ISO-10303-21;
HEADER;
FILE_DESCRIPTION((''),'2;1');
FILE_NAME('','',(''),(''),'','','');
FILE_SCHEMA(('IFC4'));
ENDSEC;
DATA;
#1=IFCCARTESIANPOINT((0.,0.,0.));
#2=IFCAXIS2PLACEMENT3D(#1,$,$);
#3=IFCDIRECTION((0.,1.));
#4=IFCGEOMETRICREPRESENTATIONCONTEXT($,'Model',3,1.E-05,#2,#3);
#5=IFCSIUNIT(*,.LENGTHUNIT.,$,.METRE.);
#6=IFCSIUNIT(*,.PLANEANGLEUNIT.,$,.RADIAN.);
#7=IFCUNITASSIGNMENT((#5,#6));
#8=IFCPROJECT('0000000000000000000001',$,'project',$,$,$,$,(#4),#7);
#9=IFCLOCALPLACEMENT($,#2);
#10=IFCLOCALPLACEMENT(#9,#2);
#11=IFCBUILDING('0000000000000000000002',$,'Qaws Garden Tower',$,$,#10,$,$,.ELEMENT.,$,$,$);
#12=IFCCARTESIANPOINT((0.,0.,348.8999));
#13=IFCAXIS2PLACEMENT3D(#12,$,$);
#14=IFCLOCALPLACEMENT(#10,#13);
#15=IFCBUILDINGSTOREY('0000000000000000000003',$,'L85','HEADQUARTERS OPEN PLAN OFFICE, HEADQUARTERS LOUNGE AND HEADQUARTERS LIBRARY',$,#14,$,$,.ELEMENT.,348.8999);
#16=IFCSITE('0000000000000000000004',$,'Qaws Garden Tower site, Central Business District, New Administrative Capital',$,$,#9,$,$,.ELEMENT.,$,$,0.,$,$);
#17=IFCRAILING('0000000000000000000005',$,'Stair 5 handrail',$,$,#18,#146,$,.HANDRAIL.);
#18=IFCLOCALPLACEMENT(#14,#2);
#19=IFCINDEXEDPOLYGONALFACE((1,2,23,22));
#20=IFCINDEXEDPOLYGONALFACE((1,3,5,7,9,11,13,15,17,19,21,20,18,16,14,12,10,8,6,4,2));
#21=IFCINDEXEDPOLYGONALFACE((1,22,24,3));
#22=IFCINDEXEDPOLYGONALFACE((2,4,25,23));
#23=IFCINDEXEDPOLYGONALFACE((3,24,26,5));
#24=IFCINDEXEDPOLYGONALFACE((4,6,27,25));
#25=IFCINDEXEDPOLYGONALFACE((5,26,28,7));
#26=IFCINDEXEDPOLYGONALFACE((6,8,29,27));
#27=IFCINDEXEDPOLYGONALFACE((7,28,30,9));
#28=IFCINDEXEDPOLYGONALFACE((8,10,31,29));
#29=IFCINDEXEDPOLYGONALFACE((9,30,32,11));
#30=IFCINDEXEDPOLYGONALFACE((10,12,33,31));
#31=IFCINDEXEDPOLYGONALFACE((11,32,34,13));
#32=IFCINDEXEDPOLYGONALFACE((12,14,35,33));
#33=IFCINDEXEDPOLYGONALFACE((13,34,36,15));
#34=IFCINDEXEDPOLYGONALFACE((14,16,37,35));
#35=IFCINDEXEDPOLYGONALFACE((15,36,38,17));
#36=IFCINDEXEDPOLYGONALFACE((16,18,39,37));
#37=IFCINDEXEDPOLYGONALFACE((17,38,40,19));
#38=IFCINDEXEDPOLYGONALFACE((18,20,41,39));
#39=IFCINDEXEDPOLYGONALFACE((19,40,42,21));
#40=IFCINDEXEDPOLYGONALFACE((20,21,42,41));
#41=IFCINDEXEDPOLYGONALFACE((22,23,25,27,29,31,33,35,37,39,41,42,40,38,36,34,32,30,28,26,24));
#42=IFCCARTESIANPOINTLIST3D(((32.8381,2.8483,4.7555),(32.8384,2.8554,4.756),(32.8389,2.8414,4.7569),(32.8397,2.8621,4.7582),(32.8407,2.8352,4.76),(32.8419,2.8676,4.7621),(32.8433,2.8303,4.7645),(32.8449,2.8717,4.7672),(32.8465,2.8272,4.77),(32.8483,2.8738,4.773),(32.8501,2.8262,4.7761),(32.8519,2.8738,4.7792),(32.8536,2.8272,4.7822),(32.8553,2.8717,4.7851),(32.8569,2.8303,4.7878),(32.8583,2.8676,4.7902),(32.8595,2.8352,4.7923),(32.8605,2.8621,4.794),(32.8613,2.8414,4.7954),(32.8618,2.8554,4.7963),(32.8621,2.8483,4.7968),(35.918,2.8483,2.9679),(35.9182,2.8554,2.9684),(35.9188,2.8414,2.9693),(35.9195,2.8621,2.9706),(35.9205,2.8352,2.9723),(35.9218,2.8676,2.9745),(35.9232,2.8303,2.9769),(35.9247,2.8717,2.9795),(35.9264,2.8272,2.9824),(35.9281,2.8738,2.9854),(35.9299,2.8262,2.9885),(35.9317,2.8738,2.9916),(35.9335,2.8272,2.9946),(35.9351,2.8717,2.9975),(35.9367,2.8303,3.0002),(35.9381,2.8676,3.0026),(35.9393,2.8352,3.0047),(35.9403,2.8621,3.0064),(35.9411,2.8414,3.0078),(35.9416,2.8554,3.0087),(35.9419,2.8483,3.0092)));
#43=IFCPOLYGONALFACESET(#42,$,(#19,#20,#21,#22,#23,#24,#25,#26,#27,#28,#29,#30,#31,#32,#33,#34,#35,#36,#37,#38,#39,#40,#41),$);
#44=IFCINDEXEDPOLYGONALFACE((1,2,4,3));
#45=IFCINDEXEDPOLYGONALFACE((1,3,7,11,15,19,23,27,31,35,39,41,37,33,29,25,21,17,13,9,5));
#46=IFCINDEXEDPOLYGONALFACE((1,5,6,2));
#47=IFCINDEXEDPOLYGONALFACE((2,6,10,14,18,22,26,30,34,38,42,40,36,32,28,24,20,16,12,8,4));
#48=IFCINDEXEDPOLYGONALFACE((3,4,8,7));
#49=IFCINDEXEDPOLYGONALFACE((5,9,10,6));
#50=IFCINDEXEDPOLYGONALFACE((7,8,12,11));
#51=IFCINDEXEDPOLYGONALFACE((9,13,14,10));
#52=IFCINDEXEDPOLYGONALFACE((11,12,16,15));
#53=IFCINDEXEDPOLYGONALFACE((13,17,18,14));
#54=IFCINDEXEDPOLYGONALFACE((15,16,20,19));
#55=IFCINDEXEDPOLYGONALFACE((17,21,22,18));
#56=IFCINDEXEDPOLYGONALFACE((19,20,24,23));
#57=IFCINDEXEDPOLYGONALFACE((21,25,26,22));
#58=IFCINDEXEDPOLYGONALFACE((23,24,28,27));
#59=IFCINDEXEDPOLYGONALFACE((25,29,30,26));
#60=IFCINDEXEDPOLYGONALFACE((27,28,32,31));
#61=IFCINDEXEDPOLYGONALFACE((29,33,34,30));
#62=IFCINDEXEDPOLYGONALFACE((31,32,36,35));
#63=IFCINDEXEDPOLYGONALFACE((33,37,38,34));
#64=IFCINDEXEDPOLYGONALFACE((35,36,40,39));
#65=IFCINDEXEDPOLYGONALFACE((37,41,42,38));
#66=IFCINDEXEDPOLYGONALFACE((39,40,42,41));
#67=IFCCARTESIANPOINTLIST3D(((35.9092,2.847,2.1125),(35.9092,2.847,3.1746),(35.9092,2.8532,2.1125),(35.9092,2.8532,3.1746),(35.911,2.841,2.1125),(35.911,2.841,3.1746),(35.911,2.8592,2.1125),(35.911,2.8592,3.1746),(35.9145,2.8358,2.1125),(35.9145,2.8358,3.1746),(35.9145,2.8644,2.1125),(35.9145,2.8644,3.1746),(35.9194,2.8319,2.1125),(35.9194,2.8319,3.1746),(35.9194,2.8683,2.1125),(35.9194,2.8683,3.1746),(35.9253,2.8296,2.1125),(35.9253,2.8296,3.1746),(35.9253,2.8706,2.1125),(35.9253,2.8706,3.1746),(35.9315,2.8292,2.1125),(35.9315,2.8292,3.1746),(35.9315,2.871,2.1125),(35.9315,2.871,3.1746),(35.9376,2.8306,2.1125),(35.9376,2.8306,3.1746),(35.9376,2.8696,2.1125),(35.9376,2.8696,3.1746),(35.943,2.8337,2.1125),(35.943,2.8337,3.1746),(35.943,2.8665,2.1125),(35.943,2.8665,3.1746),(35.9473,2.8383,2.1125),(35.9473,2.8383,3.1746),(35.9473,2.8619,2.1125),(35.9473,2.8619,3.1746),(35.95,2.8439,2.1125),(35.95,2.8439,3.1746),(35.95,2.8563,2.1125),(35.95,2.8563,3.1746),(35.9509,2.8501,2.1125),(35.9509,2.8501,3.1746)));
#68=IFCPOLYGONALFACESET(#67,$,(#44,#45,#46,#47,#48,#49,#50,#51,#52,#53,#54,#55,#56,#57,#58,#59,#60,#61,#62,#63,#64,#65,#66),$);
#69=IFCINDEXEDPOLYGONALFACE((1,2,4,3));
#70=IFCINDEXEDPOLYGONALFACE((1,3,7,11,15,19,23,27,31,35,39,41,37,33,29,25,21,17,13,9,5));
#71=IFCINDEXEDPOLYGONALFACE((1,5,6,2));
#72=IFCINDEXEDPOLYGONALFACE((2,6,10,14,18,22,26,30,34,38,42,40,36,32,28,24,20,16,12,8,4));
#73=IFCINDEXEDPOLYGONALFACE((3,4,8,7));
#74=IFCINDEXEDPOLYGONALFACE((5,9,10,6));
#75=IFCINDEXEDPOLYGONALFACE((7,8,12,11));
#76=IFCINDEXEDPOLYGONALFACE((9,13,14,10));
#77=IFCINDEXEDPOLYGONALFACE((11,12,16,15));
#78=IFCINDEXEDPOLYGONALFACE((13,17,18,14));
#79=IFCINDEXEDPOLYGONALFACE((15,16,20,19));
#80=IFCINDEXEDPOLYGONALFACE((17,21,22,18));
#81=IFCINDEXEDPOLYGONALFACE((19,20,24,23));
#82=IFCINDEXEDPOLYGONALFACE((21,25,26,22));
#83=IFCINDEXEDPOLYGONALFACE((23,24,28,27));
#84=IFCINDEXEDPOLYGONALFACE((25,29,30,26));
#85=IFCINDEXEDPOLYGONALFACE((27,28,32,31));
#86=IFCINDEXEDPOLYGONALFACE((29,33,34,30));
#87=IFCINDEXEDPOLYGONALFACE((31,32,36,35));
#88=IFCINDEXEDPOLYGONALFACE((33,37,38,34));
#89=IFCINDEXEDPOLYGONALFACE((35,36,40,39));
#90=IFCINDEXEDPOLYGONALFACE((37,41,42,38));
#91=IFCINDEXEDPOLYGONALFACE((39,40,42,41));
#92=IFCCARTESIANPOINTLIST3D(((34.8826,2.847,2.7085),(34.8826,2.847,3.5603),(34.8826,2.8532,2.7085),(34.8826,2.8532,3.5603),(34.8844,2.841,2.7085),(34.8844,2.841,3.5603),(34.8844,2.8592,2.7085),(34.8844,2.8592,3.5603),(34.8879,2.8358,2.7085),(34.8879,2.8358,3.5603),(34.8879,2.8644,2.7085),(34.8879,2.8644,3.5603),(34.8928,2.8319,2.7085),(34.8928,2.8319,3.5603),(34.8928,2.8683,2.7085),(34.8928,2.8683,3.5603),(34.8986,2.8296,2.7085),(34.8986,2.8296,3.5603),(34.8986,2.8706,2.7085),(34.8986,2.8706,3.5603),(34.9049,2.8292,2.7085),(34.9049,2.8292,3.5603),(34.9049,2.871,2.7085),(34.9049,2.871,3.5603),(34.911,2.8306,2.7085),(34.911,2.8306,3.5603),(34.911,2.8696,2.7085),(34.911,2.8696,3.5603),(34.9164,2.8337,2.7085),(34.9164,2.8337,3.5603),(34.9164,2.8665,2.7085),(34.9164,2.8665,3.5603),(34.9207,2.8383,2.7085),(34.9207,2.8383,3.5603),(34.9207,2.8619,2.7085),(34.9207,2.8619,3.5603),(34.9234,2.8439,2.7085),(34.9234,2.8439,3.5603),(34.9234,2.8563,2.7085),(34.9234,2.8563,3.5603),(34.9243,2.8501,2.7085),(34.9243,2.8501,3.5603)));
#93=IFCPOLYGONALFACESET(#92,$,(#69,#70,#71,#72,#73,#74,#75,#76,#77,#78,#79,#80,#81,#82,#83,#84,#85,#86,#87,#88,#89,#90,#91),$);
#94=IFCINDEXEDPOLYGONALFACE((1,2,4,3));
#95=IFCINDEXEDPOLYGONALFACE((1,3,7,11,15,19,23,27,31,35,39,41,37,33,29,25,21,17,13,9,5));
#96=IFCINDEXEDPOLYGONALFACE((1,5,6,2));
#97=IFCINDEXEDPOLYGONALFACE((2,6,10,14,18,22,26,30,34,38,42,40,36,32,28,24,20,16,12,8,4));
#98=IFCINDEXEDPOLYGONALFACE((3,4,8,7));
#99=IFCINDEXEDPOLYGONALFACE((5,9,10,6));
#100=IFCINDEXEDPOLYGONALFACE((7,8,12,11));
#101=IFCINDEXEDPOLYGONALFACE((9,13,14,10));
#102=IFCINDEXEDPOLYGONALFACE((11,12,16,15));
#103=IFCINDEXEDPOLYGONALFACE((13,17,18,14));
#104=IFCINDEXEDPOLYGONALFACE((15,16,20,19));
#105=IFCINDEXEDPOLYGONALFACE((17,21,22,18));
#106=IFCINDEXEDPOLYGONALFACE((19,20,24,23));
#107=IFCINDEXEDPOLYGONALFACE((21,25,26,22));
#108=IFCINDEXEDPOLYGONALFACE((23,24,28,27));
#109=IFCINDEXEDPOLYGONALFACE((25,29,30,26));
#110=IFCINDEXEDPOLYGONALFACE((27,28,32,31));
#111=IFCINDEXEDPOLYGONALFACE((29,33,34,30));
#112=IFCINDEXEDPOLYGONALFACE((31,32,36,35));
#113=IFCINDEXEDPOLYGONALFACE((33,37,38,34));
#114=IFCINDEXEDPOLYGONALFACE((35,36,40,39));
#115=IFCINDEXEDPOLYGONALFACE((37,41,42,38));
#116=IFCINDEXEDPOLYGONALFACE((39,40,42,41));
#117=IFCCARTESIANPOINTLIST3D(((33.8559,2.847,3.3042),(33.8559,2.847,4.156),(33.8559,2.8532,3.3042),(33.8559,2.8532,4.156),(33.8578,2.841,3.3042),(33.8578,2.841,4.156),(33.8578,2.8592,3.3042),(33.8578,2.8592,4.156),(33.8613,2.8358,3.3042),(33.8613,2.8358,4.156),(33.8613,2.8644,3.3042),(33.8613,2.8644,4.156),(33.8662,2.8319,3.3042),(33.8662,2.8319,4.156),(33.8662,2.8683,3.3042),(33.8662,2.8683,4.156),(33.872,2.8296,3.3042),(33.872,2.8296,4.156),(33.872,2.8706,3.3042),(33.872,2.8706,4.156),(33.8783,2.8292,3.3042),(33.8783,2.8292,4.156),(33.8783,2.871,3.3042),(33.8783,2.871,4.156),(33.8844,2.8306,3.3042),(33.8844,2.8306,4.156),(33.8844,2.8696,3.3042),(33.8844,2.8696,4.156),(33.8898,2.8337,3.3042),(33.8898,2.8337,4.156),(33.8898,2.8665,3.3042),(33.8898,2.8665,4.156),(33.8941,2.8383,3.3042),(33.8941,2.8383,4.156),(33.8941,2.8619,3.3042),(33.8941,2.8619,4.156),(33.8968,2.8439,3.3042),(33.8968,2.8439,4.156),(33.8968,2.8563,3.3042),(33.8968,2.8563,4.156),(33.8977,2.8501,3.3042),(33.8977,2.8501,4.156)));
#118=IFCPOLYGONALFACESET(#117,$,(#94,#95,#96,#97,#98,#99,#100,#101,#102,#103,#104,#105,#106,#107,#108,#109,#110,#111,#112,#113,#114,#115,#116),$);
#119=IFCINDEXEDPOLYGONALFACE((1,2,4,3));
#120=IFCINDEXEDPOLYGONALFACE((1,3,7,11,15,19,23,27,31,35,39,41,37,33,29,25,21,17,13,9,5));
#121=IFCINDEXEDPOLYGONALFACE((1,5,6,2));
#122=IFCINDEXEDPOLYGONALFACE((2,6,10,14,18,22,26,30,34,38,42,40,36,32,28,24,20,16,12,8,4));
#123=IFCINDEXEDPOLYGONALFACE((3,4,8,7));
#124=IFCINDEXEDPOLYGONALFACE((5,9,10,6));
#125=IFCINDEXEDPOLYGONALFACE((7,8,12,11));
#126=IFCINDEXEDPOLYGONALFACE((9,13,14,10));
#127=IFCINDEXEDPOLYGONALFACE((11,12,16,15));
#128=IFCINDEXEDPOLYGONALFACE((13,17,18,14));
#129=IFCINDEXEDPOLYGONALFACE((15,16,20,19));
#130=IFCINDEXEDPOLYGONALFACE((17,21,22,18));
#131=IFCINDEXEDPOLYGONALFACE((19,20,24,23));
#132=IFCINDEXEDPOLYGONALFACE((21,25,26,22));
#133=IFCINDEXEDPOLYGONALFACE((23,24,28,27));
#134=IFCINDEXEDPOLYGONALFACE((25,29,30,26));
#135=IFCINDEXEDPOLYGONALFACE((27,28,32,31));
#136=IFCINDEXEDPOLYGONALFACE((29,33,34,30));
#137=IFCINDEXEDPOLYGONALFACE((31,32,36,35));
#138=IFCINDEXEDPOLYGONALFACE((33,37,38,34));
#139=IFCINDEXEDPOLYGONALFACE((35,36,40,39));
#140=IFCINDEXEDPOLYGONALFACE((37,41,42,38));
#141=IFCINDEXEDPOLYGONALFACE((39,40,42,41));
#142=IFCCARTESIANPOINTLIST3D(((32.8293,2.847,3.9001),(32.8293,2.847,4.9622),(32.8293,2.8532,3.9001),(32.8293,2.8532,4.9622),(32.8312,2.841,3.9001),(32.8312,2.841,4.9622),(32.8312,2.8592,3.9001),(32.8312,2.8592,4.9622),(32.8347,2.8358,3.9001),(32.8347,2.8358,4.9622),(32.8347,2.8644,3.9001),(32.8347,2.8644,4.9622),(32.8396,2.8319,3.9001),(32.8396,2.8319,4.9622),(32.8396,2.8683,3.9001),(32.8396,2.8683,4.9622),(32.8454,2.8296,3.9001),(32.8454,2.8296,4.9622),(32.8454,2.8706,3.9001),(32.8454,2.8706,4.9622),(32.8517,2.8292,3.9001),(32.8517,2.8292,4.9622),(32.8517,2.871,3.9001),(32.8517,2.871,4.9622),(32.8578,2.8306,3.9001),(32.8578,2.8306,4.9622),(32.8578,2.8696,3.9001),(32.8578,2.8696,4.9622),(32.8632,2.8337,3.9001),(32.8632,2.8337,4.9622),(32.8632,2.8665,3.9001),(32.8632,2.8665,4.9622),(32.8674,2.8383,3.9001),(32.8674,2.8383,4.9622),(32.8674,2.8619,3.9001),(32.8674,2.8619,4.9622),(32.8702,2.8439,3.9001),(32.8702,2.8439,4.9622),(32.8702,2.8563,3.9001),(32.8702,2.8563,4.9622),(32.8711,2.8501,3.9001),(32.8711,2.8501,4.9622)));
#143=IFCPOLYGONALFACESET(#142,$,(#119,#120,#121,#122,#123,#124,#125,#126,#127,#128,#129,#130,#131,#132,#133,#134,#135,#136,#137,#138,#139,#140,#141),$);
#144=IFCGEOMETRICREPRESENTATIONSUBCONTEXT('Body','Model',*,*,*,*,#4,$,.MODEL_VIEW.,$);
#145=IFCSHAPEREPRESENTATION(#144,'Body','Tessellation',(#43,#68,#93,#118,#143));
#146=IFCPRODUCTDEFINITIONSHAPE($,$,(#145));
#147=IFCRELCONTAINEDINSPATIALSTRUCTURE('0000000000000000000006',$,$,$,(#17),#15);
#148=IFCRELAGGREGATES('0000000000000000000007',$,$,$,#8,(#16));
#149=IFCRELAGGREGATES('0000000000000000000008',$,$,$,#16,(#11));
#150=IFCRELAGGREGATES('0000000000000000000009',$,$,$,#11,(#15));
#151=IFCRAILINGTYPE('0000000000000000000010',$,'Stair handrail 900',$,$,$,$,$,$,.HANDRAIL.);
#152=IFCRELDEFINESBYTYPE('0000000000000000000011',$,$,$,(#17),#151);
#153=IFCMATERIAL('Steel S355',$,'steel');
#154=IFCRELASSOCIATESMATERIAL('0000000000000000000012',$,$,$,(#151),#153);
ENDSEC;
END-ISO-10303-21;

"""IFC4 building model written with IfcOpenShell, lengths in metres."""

from ifc_helpers import new_model, si_unit, direction, frame, origin, origin_2d, place, context, subcontext, project, spatial, circle, extrude, material, type_object, element, save


model = new_model("IFC4")

# Units and contexts
model_context = context("Model", 3, precision=1e-05, world=origin(), true_north=direction((0.0, 1.0)))
body_context = subcontext(model_context, "Body", "Model", "MODEL_VIEW")
ifc_project = project(units=[si_unit("LENGTHUNIT", "METRE"), si_unit("PLANEANGLEUNIT", "RADIAN")], contexts=[model_context])

# Site, building, storey
site_placement = place(None, origin())
site = spatial("IfcSite", under=ifc_project, at=site_placement, Name="Qaws Garden Tower site, Central Business District, New Administrative Capital", CompositionType="ELEMENT", RefElevation=0.0)
building_placement = place(site_placement, origin())
building = spatial("IfcBuilding", under=site, at=building_placement, Name="Qaws Garden Tower", CompositionType="ELEMENT")
storey_placement = place(building_placement, frame((0.0, 0.0, 348.8999)))
storey = spatial("IfcBuildingStorey", under=building, at=storey_placement, Name="L85", Description="HEADQUARTERS OPEN PLAN OFFICE, HEADQUARTERS LOUNGE AND HEADQUARTERS LIBRARY", CompositionType="ELEMENT", Elevation=348.8999)

# Railing
ifc_material_1 = material(Name="Steel S355", Category="steel")
railing_type = type_object("IfcRailingType", Name="Stair handrail 900", PredefinedType="HANDRAIL", material=ifc_material_1)
railing_1_placement = place(storey_placement, frame((35.9299, 2.8501, 2.1125)))
element("IfcRailing", 1, at=railing_1_placement, inside=storey, type_object=railing_type, Name="Stair 5 handrail", PredefinedType="HANDRAIL", context=body_context, shape_type="SweptSolid", body=[
    extrude(circle(Radius=0.0239, at=origin_2d()), frame((0.0, 0.0, 0.876), z_axis=(-0.864873, 0.0, 0.50199), x_axis=(0.0, -1.0, 0.0)), (0.0, 0.0, 1.0), 3.561),
    extrude(circle(Radius=0.021, at=origin_2d()), origin(), (0.0, 0.0, 1.0), 1.062),
    extrude(circle(Radius=0.021, at=origin_2d()), frame((-1.0266, 0.0, 0.5959)), (0.0, 0.0, 1.0), 0.8518),
    extrude(circle(Radius=0.021, at=origin_2d()), frame((-2.0532, 0.0, 1.1917)), (0.0, 0.0, 1.0), 0.8518),
    extrude(circle(Radius=0.021, at=origin_2d()), frame((-3.0798, 0.0, 1.7876)), (0.0, 0.0, 1.0), 1.062),
])

save(model, "model.ifc")
